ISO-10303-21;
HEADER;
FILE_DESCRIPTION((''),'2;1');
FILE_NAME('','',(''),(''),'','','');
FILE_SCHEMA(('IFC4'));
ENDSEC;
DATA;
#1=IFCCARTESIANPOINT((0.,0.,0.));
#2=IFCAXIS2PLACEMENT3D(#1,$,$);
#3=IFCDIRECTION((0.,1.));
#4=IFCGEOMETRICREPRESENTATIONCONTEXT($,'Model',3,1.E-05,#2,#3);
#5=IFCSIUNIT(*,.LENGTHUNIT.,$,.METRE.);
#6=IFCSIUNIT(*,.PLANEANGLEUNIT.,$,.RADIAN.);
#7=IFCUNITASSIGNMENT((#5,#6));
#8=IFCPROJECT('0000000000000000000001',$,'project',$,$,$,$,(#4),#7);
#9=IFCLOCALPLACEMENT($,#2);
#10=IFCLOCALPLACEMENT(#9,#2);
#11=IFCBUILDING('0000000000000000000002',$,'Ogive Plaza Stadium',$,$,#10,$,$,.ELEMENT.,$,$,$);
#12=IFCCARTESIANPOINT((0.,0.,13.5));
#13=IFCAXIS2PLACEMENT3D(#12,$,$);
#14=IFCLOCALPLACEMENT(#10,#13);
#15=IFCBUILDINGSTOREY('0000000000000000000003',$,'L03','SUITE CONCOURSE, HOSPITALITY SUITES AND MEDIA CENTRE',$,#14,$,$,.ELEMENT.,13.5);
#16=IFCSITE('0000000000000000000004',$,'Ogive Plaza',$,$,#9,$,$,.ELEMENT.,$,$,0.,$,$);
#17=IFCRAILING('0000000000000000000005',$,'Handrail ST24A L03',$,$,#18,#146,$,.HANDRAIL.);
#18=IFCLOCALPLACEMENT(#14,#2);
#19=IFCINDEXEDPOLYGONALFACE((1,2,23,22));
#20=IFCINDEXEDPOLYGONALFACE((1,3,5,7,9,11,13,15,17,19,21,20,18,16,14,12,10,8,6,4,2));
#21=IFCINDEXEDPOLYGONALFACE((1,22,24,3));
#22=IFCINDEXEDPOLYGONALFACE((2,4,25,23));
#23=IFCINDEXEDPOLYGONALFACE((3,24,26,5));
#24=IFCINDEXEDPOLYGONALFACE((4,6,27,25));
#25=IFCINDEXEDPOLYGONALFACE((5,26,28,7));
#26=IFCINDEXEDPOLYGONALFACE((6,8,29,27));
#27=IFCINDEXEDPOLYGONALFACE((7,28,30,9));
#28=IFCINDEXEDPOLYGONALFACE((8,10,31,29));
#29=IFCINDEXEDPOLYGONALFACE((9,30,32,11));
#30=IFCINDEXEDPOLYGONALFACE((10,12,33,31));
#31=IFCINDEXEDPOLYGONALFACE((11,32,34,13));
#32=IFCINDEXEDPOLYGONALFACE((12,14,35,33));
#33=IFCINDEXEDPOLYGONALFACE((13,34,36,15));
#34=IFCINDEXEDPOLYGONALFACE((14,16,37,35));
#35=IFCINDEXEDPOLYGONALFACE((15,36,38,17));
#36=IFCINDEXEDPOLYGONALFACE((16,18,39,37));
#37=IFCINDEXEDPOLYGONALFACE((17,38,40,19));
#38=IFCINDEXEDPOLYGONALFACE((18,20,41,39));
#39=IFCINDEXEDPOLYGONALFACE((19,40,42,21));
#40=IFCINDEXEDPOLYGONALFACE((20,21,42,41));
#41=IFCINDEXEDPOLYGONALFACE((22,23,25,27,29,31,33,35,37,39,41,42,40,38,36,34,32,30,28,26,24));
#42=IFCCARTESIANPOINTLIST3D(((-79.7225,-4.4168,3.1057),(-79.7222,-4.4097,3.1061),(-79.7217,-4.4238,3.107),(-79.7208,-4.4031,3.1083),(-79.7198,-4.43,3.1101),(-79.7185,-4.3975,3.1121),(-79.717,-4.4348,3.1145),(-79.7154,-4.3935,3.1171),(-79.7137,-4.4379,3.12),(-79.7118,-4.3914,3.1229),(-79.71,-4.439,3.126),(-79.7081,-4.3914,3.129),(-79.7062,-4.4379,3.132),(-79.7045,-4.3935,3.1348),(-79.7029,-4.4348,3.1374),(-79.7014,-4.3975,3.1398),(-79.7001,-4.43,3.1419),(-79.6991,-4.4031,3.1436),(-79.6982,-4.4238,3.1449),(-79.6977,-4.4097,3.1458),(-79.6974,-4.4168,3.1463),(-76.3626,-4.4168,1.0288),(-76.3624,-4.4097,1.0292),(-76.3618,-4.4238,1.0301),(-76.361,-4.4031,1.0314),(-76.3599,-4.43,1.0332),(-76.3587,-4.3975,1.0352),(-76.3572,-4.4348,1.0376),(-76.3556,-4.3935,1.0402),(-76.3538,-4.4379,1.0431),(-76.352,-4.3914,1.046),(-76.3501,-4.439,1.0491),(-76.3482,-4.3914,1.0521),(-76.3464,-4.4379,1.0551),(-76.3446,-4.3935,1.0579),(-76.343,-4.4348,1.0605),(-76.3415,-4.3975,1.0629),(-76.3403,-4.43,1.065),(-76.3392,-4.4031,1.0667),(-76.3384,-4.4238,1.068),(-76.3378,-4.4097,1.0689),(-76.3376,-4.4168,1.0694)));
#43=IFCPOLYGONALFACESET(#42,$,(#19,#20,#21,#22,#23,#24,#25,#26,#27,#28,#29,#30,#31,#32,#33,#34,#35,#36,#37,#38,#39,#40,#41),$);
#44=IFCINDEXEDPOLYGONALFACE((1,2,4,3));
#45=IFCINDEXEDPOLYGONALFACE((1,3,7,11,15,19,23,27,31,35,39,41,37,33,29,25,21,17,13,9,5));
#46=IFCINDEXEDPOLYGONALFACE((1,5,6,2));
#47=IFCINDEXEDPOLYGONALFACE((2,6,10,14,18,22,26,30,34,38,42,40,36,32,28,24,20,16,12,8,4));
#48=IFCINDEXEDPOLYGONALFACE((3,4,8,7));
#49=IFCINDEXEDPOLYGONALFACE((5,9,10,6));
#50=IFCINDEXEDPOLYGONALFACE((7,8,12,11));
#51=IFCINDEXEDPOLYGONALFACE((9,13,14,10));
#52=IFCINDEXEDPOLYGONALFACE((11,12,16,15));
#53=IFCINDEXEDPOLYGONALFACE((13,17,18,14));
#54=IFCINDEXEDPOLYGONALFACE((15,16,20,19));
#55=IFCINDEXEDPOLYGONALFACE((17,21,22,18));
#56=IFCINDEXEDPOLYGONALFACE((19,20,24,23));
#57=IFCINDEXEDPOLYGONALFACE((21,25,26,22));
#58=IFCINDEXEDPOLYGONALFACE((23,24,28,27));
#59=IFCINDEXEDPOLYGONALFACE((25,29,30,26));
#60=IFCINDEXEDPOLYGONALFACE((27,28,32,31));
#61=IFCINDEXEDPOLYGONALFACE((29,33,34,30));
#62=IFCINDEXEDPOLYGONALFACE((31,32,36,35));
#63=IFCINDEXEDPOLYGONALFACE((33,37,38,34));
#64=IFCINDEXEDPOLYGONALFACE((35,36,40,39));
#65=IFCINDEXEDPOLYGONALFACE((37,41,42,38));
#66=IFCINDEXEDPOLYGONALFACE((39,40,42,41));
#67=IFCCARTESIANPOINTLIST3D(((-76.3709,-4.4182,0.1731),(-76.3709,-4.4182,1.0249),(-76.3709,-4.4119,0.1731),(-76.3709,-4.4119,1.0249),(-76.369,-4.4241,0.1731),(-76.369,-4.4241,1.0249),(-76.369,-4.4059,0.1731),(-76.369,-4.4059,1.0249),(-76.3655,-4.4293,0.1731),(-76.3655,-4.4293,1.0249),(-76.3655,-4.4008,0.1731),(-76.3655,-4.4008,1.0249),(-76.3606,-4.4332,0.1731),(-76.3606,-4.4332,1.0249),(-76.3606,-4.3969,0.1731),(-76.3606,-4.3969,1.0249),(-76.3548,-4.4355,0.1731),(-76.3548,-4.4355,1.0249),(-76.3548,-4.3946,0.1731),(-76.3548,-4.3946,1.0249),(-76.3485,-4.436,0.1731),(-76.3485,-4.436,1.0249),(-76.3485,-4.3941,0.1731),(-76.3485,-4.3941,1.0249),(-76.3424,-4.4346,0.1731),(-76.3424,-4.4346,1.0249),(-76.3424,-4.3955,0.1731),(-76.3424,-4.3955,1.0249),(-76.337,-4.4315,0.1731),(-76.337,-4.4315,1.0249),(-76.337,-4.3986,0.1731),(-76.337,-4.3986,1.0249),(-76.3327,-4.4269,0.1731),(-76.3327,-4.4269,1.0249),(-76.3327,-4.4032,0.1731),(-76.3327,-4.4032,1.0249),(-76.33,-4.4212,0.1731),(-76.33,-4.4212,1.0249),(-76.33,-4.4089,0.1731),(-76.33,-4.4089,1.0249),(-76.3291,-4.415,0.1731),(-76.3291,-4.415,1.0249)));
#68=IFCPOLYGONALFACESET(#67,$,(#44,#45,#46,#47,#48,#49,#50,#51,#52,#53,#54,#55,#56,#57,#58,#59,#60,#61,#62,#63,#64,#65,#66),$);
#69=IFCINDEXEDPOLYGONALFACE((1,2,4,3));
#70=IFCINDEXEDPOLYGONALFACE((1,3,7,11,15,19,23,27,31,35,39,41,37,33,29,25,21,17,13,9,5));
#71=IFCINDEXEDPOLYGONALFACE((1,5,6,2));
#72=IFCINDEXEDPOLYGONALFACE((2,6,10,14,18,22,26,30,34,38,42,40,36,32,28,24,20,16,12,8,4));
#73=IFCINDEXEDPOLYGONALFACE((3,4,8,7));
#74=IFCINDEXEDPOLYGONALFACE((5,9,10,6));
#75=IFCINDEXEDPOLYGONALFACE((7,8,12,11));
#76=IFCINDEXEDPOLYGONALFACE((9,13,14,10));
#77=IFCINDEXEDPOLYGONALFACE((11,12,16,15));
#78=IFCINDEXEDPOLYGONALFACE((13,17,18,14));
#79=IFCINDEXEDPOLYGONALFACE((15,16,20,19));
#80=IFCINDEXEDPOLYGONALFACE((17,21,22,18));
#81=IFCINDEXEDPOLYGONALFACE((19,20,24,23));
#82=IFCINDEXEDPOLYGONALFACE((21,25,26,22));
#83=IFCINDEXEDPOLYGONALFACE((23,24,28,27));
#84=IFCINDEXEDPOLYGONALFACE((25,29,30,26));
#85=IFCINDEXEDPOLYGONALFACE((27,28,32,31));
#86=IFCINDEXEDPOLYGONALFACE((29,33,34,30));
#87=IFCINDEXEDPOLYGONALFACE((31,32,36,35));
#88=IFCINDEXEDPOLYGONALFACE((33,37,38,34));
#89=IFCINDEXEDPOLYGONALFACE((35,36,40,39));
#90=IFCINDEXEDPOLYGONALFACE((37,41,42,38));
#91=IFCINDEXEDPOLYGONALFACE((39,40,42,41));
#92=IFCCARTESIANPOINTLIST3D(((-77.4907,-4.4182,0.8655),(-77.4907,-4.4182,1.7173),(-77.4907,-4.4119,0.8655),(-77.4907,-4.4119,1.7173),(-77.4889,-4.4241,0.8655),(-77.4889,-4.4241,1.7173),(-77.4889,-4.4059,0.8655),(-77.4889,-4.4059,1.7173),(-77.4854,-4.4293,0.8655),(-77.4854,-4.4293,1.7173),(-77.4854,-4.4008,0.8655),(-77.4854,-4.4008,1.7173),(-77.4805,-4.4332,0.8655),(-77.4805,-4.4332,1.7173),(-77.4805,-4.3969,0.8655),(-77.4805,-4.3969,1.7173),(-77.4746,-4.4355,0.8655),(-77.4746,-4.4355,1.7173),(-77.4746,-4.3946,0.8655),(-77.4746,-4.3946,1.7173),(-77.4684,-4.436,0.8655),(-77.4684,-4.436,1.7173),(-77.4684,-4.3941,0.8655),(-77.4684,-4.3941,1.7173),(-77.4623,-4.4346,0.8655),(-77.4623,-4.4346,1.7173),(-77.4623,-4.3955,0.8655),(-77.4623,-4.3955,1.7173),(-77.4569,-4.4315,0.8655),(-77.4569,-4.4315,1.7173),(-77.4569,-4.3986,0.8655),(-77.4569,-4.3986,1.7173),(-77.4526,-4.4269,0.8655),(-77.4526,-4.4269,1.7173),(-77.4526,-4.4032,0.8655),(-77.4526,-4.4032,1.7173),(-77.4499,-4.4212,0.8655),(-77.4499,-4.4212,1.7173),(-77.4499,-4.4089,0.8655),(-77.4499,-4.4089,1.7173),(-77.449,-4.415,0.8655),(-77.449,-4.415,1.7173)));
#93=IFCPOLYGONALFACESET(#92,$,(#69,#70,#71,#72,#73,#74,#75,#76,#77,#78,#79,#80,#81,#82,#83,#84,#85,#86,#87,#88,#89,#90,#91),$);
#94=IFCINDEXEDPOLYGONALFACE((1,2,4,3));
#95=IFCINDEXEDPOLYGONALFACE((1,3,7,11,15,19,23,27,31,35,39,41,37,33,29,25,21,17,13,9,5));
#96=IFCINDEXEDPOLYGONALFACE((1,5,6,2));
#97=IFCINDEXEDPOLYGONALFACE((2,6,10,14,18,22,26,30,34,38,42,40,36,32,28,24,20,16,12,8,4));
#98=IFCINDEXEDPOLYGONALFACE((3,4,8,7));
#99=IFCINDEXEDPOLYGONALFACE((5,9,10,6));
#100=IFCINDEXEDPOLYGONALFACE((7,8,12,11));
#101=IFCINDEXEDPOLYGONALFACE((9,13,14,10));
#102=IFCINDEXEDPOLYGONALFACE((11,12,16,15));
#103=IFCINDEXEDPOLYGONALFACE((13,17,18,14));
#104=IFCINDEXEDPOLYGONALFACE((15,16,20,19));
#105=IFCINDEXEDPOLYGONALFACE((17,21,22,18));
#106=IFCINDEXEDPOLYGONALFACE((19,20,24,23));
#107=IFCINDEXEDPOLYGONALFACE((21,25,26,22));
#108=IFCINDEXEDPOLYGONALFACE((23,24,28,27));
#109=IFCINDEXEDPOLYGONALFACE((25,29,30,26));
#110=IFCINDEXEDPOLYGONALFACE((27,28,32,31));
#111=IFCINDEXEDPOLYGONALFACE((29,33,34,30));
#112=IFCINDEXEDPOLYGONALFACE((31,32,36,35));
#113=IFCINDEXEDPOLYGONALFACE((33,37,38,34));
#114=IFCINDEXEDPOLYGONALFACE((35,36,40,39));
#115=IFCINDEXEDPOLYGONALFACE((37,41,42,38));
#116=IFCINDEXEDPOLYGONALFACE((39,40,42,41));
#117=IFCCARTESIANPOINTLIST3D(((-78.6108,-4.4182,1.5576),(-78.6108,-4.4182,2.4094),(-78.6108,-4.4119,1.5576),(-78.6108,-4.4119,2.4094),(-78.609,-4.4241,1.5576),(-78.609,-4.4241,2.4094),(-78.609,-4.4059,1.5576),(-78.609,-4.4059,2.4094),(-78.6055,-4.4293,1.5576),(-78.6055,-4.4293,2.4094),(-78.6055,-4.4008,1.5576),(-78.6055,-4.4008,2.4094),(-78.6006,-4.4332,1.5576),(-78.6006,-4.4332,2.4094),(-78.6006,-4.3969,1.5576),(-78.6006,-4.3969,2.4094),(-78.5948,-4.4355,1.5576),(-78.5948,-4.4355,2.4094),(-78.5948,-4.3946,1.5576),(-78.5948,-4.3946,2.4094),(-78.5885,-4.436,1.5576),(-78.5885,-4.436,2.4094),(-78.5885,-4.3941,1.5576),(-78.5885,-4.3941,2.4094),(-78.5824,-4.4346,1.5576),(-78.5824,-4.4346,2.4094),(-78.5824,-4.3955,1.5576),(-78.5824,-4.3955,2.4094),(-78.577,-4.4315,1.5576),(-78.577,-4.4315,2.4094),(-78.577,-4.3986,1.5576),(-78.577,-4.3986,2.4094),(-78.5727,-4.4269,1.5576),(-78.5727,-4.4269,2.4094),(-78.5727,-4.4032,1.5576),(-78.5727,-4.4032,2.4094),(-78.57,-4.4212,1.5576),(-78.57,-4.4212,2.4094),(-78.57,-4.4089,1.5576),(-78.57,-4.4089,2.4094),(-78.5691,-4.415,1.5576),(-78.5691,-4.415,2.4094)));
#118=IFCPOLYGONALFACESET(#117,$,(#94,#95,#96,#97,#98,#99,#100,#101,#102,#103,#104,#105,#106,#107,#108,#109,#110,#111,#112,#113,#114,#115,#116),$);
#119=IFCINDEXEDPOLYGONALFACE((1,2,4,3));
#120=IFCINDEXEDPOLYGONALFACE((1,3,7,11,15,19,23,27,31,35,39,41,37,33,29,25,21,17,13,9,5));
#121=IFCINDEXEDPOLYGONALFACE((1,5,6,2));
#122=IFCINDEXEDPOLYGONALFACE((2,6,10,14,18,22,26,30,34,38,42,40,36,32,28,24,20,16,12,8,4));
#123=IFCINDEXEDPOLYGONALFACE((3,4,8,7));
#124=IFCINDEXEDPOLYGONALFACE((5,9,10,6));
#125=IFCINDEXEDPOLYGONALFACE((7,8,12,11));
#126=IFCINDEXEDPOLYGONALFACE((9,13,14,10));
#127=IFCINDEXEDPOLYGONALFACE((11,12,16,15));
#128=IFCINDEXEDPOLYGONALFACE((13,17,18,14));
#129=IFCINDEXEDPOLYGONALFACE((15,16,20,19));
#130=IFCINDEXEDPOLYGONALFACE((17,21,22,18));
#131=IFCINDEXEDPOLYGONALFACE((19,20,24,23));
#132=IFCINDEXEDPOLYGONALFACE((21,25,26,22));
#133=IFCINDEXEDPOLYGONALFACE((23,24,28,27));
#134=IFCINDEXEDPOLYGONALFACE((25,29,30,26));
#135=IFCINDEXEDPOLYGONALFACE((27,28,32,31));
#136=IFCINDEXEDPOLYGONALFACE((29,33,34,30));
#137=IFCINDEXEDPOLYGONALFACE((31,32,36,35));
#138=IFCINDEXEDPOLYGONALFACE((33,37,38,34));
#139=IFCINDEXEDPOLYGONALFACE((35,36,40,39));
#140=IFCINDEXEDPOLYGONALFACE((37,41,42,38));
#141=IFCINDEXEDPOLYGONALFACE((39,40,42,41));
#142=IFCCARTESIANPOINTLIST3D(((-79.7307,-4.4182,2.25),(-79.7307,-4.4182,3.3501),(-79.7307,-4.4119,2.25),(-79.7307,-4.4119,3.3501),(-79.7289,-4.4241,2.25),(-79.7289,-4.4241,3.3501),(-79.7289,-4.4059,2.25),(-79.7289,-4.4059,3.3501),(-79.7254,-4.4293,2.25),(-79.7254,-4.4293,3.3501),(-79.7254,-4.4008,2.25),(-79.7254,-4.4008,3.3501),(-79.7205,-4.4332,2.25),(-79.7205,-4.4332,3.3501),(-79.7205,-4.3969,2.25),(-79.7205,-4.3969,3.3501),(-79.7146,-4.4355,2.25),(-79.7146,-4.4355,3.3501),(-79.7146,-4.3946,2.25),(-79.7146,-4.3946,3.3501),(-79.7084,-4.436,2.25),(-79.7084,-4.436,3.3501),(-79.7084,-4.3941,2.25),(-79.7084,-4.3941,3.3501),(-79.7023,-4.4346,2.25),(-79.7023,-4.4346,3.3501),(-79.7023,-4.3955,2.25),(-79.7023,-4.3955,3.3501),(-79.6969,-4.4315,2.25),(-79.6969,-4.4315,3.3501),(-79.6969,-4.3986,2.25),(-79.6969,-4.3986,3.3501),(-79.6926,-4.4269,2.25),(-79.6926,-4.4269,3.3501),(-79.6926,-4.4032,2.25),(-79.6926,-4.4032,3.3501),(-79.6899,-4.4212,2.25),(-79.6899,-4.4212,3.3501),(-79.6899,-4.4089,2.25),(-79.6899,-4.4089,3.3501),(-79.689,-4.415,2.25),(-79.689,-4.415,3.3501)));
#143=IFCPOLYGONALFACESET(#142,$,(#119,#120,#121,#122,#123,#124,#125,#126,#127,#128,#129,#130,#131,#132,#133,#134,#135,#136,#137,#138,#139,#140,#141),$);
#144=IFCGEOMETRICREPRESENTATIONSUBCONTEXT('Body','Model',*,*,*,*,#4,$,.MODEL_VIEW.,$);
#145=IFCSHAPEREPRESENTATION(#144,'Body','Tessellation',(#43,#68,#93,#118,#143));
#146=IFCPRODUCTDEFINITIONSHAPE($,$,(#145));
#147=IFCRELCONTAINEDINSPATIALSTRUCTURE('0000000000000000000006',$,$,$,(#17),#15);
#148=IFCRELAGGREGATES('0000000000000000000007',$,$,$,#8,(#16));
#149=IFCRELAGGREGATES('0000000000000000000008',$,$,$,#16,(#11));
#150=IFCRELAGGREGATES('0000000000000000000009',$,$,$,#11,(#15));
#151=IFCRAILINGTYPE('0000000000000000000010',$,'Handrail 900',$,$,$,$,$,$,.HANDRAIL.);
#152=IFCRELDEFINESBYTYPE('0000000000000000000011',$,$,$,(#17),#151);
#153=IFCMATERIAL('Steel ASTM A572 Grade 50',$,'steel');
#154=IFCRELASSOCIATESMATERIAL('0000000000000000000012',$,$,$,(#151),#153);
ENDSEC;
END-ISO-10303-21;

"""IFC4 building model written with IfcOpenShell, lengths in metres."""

from ifc_helpers import new_model, si_unit, direction, frame, origin, origin_2d, place, context, subcontext, project, spatial, circle, extrude, material, type_object, element, save


model = new_model("IFC4")

# Units and contexts
model_context = context("Model", 3, precision=1e-05, world=origin(), true_north=direction((0.0, 1.0)))
body_context = subcontext(model_context, "Body", "Model", "MODEL_VIEW")
ifc_project = project(units=[si_unit("LENGTHUNIT", "METRE"), si_unit("PLANEANGLEUNIT", "RADIAN")], contexts=[model_context])

# Site, building, storey
site_placement = place(None, origin())
site = spatial("IfcSite", under=ifc_project, at=site_placement, Name="Ogive Plaza", CompositionType="ELEMENT", RefElevation=0.0)
building_placement = place(site_placement, origin())
building = spatial("IfcBuilding", under=site, at=building_placement, Name="Ogive Plaza Stadium", CompositionType="ELEMENT")
storey_placement = place(building_placement, frame((0.0, 0.0, 13.5)))
storey = spatial("IfcBuildingStorey", under=building, at=storey_placement, Name="L03", Description="SUITE CONCOURSE, HOSPITALITY SUITES AND MEDIA CENTRE", CompositionType="ELEMENT", Elevation=13.5)

# Railing
ifc_material_1 = material(Name="Steel ASTM A572 Grade 50", Category="steel")
railing_type_1 = type_object("IfcRailingType", Name="Handrail 900", PredefinedType="HANDRAIL", material=ifc_material_1)
for number, where, name in (
    (1, (-76.3501, -4.415, 0.1731), "Handrail ST24A L03"),
):
    element("IfcRailing", number, at=place(storey_placement, frame(where)), inside=storey, type_object=railing_type_1, Name=name, PredefinedType="HANDRAIL", context=body_context, shape_type="SweptSolid", body=[
        extrude(circle(Radius=0.0239, at=origin_2d()), frame((0.0, 0.0, 0.876), z_axis=(-0.850606, 0.0, 0.525803), x_axis=(0.0, -1.0, 0.0)), (0.0, 0.0, 1.0), 3.95),
        extrude(circle(Radius=0.021, at=origin_2d()), origin(), (0.0, 0.0, 1.0), 0.8518),
        extrude(circle(Radius=0.021, at=origin_2d()), frame((-1.1199, 0.0, 0.6924)), (0.0, 0.0, 1.0), 0.8518),
        extrude(circle(Radius=0.021, at=origin_2d()), frame((-2.24, 0.0, 1.3845)), (0.0, 0.0, 1.0), 0.8518),
        extrude(circle(Radius=0.021, at=origin_2d()), frame((-3.3599, 0.0, 2.0769)), (0.0, 0.0, 1.0), 1.1001),
    ])

save(model, "model.ifc")
